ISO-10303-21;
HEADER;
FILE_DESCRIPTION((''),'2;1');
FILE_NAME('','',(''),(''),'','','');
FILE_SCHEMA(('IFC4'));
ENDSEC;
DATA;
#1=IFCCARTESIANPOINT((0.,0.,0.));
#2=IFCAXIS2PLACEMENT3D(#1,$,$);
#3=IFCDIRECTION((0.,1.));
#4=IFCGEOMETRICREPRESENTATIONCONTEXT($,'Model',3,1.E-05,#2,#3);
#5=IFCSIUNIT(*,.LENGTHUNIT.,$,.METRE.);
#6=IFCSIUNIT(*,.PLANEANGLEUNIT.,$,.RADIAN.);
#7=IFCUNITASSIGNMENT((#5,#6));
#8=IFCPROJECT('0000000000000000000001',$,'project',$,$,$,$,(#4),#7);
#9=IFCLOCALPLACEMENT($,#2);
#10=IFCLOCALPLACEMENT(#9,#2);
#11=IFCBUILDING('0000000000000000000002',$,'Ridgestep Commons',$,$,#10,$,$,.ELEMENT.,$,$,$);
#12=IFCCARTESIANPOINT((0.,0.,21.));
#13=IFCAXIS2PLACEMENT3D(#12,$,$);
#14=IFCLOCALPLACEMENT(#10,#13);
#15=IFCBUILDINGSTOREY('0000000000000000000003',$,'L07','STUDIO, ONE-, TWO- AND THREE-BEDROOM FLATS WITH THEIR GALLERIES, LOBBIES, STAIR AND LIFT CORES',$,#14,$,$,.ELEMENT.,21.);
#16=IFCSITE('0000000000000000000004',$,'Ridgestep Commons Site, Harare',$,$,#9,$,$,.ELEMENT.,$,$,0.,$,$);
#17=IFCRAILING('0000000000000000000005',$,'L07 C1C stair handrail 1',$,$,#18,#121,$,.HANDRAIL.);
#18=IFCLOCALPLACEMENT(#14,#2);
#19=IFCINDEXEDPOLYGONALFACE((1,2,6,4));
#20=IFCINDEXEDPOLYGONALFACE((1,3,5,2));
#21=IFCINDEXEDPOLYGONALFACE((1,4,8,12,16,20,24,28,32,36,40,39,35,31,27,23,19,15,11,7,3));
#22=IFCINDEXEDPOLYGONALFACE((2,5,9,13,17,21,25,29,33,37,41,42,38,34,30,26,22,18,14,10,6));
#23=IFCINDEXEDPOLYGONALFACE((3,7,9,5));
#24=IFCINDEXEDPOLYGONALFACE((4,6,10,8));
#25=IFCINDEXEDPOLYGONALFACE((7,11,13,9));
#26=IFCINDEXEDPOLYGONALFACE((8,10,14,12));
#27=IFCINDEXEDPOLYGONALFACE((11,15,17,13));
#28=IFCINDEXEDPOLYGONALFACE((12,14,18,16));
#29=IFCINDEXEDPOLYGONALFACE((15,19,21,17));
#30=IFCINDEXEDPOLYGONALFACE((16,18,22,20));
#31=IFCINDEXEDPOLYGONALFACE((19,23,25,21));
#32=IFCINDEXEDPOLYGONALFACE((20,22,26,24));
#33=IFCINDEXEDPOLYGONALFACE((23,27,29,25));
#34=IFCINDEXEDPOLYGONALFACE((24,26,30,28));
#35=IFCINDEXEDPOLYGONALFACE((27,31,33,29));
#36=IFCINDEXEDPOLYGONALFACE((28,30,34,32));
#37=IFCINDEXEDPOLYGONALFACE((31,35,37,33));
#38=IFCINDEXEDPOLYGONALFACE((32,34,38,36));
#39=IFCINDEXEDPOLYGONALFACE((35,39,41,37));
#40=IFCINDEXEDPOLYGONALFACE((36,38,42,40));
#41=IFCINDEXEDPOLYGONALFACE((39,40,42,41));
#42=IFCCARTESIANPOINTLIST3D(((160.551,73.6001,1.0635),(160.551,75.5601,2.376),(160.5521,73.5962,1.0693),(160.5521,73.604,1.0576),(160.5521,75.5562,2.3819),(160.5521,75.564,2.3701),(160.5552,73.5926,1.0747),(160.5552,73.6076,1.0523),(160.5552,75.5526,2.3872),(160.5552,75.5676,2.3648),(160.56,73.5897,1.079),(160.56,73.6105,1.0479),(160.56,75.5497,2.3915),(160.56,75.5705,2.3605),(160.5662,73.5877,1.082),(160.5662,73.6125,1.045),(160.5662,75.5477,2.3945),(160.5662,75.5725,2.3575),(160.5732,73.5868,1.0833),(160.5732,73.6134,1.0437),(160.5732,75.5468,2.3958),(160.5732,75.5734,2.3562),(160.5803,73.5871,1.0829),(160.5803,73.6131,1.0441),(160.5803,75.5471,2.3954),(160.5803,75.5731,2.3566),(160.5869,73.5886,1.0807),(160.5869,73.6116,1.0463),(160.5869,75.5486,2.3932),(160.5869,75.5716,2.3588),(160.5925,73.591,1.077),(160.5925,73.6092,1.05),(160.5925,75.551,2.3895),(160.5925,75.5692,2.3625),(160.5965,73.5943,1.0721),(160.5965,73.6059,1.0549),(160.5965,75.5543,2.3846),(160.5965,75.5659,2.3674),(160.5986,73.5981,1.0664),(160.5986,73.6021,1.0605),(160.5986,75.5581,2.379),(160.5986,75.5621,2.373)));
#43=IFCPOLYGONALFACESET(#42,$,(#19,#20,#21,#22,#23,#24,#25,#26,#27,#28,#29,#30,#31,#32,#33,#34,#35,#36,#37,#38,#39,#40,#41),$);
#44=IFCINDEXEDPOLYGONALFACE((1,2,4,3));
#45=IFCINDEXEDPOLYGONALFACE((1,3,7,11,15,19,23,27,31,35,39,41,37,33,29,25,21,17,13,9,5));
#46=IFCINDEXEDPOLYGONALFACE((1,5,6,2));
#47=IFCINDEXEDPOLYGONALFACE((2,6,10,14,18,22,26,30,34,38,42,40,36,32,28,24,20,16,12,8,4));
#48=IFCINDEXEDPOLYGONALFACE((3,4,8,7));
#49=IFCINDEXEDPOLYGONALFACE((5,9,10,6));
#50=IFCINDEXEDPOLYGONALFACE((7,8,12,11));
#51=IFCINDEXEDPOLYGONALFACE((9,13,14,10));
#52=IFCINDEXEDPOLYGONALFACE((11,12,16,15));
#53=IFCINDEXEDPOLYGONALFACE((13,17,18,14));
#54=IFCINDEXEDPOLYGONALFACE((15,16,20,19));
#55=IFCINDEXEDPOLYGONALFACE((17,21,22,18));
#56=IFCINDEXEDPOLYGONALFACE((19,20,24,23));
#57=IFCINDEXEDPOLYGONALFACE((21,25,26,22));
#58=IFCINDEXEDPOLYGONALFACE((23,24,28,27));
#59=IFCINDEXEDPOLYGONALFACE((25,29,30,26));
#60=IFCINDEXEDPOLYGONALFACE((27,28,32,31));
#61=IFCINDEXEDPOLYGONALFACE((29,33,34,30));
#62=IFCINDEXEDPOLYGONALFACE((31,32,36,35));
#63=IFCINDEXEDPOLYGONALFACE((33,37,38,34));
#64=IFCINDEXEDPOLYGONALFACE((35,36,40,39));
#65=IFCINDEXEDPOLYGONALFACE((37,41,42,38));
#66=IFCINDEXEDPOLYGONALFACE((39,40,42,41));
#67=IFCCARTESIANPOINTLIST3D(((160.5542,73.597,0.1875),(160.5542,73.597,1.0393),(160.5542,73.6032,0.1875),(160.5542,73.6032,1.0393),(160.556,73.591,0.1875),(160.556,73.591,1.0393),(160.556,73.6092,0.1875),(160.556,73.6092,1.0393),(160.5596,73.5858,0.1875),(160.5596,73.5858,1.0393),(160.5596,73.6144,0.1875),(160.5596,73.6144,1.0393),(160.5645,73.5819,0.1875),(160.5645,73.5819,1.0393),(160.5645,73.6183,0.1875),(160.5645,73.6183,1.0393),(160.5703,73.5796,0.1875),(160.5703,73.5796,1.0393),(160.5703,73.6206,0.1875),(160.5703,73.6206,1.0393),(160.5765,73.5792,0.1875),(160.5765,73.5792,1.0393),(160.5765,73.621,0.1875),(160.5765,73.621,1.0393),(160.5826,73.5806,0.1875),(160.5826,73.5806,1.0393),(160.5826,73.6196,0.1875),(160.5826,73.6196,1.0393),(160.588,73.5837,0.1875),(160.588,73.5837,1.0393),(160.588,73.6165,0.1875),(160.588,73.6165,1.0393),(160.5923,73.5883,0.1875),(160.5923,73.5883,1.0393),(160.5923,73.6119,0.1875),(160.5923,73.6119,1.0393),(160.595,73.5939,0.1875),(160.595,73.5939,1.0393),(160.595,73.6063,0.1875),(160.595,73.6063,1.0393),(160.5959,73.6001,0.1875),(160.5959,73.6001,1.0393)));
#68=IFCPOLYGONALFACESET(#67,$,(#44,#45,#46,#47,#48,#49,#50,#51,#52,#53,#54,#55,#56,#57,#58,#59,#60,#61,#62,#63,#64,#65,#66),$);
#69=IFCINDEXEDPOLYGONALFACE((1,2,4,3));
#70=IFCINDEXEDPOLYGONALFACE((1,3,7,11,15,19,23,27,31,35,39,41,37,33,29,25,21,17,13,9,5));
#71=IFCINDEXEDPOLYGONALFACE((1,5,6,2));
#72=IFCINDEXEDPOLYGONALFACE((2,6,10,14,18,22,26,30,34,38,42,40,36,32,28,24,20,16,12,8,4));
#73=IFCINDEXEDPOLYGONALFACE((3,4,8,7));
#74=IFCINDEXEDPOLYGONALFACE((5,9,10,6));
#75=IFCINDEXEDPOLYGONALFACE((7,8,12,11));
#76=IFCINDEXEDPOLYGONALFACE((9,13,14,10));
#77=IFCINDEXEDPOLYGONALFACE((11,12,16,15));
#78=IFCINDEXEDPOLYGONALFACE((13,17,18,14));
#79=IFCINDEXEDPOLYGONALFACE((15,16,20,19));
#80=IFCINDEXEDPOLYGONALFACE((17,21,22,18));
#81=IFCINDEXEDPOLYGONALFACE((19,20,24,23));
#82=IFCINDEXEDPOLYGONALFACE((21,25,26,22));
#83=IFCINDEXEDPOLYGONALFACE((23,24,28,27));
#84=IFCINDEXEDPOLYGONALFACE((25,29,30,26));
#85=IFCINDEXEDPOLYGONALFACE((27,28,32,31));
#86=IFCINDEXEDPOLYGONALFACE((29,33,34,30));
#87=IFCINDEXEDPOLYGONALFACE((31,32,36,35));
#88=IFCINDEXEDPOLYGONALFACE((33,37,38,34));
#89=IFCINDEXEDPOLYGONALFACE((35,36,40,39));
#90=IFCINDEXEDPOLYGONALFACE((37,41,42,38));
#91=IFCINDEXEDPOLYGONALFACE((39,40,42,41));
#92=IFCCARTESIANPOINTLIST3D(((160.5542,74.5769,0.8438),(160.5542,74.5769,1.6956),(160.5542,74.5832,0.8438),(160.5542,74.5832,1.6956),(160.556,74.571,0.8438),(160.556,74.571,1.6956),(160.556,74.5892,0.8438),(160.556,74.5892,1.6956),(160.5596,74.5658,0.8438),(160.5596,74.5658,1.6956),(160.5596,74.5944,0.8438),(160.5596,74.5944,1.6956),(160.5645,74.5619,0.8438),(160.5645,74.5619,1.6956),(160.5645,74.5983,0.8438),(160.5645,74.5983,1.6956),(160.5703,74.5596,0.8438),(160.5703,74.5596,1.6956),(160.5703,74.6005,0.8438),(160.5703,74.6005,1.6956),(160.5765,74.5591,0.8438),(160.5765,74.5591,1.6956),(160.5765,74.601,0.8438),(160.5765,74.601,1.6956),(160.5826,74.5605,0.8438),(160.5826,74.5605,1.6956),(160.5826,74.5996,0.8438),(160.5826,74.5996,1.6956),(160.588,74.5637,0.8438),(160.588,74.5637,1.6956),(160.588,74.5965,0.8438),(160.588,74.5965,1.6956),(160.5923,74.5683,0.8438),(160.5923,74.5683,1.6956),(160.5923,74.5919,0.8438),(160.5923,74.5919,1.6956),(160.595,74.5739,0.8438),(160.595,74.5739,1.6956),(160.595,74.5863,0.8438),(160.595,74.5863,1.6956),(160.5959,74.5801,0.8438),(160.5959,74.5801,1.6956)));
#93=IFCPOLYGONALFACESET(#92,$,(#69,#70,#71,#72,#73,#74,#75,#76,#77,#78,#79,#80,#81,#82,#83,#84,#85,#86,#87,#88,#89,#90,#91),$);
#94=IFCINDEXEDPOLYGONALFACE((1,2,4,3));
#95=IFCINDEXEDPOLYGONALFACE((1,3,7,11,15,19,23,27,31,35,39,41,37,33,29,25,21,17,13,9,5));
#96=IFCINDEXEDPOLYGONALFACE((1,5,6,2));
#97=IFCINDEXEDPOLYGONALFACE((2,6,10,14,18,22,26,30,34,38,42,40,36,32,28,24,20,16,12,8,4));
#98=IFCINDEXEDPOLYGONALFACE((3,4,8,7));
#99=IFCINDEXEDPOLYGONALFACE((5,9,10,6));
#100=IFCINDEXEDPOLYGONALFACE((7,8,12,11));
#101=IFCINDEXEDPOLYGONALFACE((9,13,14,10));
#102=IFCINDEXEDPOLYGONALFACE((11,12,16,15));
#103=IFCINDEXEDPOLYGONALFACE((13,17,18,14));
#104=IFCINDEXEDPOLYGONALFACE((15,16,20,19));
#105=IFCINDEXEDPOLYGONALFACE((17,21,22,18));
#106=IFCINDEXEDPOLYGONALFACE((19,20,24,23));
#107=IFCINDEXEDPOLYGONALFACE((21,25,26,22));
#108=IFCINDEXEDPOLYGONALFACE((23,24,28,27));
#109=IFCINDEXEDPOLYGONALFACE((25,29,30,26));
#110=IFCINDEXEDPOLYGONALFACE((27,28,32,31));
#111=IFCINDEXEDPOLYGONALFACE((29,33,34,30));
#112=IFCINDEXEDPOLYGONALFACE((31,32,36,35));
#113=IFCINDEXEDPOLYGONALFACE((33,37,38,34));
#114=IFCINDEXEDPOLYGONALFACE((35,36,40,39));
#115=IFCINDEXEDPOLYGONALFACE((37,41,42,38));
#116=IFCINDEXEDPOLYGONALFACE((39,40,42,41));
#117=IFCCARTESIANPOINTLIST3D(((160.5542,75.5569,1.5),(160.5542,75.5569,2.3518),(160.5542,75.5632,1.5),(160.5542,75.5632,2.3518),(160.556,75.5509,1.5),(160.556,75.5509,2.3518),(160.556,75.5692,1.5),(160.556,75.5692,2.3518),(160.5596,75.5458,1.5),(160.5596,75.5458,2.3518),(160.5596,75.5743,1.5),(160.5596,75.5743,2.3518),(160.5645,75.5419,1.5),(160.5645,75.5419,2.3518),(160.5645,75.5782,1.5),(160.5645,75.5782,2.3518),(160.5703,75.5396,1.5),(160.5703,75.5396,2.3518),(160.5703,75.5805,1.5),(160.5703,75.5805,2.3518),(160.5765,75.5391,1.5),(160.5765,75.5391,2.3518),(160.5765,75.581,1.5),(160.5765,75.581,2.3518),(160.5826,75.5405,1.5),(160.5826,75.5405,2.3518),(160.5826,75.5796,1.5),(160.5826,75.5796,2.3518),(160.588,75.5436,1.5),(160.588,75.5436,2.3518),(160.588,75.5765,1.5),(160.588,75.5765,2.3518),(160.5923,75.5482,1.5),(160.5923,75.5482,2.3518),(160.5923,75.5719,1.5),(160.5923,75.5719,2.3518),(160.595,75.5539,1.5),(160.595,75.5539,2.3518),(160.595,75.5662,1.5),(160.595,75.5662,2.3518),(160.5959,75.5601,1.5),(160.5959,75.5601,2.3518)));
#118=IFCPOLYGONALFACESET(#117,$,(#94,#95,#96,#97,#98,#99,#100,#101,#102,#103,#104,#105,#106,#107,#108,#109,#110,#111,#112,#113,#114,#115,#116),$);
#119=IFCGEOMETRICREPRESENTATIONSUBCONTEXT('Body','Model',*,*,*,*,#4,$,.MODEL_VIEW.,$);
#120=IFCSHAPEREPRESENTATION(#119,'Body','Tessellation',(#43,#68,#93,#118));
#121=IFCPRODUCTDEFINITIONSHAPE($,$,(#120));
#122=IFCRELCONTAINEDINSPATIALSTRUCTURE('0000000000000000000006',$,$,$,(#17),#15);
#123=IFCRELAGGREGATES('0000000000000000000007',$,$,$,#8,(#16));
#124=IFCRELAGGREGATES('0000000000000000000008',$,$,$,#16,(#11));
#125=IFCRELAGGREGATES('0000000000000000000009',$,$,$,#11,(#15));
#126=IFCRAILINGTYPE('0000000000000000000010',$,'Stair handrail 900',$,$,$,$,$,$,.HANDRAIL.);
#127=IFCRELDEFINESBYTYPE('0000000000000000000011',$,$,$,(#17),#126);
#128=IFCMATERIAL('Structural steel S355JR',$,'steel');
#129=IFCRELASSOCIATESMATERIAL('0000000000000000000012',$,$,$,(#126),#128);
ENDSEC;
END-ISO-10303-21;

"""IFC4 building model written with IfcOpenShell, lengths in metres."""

from ifc_helpers import new_model, si_unit, direction, frame, origin, origin_2d, place, context, subcontext, project, spatial, circle, extrude, material, type_object, element, save


model = new_model("IFC4")

# Units and contexts
model_context = context("Model", 3, precision=1e-05, world=origin(), true_north=direction((0.0, 1.0)))
body_context = subcontext(model_context, "Body", "Model", "MODEL_VIEW")
ifc_project = project(units=[si_unit("LENGTHUNIT", "METRE"), si_unit("PLANEANGLEUNIT", "RADIAN")], contexts=[model_context])

# Site, building, storey
site_placement = place(None, origin())
site = spatial("IfcSite", under=ifc_project, at=site_placement, Name="Ridgestep Commons Site, Harare", CompositionType="ELEMENT", RefElevation=0.0)
building_placement = place(site_placement, origin())
building = spatial("IfcBuilding", under=site, at=building_placement, Name="Ridgestep Commons", CompositionType="ELEMENT")
storey_placement = place(building_placement, frame((0.0, 0.0, 21.0)))
storey = spatial("IfcBuildingStorey", under=building, at=storey_placement, Name="L07", Description="STUDIO, ONE-, TWO- AND THREE-BEDROOM FLATS WITH THEIR GALLERIES, LOBBIES, STAIR AND LIFT CORES", CompositionType="ELEMENT", Elevation=21.0)

# Railing
ifc_material_1 = material(Name="Structural steel S355JR", Category="steel")
railing_type_1 = type_object("IfcRailingType", Name="Stair handrail 900", PredefinedType="HANDRAIL", material=ifc_material_1)
railing_1_placement = place(storey_placement, frame((160.575, 73.6001, 0.1875)))
element("IfcRailing", 1, at=railing_1_placement, inside=storey, type_object=railing_type_1, Name="L07 C1C stair handrail 1", PredefinedType="HANDRAIL", context=body_context, shape_type="SweptSolid", body=[
    extrude(circle(Radius=0.0239, at=origin_2d()), frame((0.0, 0.0, 0.876), z_axis=(0.0, 0.830902, 0.556419), x_axis=(-1.0, 0.0, 0.0)), (0.0, 0.0, 1.0), 2.3589),
    extrude(circle(Radius=0.021, at=origin_2d()), origin(), (0.0, 0.0, 1.0), 0.8518),
    extrude(circle(Radius=0.021, at=origin_2d()), frame((0.0, 0.98, 0.6562)), (0.0, 0.0, 1.0), 0.8518),
    extrude(circle(Radius=0.021, at=origin_2d()), frame((0.0, 1.96, 1.3125)), (0.0, 0.0, 1.0), 0.8518),
])

save(model, "model.ifc")
